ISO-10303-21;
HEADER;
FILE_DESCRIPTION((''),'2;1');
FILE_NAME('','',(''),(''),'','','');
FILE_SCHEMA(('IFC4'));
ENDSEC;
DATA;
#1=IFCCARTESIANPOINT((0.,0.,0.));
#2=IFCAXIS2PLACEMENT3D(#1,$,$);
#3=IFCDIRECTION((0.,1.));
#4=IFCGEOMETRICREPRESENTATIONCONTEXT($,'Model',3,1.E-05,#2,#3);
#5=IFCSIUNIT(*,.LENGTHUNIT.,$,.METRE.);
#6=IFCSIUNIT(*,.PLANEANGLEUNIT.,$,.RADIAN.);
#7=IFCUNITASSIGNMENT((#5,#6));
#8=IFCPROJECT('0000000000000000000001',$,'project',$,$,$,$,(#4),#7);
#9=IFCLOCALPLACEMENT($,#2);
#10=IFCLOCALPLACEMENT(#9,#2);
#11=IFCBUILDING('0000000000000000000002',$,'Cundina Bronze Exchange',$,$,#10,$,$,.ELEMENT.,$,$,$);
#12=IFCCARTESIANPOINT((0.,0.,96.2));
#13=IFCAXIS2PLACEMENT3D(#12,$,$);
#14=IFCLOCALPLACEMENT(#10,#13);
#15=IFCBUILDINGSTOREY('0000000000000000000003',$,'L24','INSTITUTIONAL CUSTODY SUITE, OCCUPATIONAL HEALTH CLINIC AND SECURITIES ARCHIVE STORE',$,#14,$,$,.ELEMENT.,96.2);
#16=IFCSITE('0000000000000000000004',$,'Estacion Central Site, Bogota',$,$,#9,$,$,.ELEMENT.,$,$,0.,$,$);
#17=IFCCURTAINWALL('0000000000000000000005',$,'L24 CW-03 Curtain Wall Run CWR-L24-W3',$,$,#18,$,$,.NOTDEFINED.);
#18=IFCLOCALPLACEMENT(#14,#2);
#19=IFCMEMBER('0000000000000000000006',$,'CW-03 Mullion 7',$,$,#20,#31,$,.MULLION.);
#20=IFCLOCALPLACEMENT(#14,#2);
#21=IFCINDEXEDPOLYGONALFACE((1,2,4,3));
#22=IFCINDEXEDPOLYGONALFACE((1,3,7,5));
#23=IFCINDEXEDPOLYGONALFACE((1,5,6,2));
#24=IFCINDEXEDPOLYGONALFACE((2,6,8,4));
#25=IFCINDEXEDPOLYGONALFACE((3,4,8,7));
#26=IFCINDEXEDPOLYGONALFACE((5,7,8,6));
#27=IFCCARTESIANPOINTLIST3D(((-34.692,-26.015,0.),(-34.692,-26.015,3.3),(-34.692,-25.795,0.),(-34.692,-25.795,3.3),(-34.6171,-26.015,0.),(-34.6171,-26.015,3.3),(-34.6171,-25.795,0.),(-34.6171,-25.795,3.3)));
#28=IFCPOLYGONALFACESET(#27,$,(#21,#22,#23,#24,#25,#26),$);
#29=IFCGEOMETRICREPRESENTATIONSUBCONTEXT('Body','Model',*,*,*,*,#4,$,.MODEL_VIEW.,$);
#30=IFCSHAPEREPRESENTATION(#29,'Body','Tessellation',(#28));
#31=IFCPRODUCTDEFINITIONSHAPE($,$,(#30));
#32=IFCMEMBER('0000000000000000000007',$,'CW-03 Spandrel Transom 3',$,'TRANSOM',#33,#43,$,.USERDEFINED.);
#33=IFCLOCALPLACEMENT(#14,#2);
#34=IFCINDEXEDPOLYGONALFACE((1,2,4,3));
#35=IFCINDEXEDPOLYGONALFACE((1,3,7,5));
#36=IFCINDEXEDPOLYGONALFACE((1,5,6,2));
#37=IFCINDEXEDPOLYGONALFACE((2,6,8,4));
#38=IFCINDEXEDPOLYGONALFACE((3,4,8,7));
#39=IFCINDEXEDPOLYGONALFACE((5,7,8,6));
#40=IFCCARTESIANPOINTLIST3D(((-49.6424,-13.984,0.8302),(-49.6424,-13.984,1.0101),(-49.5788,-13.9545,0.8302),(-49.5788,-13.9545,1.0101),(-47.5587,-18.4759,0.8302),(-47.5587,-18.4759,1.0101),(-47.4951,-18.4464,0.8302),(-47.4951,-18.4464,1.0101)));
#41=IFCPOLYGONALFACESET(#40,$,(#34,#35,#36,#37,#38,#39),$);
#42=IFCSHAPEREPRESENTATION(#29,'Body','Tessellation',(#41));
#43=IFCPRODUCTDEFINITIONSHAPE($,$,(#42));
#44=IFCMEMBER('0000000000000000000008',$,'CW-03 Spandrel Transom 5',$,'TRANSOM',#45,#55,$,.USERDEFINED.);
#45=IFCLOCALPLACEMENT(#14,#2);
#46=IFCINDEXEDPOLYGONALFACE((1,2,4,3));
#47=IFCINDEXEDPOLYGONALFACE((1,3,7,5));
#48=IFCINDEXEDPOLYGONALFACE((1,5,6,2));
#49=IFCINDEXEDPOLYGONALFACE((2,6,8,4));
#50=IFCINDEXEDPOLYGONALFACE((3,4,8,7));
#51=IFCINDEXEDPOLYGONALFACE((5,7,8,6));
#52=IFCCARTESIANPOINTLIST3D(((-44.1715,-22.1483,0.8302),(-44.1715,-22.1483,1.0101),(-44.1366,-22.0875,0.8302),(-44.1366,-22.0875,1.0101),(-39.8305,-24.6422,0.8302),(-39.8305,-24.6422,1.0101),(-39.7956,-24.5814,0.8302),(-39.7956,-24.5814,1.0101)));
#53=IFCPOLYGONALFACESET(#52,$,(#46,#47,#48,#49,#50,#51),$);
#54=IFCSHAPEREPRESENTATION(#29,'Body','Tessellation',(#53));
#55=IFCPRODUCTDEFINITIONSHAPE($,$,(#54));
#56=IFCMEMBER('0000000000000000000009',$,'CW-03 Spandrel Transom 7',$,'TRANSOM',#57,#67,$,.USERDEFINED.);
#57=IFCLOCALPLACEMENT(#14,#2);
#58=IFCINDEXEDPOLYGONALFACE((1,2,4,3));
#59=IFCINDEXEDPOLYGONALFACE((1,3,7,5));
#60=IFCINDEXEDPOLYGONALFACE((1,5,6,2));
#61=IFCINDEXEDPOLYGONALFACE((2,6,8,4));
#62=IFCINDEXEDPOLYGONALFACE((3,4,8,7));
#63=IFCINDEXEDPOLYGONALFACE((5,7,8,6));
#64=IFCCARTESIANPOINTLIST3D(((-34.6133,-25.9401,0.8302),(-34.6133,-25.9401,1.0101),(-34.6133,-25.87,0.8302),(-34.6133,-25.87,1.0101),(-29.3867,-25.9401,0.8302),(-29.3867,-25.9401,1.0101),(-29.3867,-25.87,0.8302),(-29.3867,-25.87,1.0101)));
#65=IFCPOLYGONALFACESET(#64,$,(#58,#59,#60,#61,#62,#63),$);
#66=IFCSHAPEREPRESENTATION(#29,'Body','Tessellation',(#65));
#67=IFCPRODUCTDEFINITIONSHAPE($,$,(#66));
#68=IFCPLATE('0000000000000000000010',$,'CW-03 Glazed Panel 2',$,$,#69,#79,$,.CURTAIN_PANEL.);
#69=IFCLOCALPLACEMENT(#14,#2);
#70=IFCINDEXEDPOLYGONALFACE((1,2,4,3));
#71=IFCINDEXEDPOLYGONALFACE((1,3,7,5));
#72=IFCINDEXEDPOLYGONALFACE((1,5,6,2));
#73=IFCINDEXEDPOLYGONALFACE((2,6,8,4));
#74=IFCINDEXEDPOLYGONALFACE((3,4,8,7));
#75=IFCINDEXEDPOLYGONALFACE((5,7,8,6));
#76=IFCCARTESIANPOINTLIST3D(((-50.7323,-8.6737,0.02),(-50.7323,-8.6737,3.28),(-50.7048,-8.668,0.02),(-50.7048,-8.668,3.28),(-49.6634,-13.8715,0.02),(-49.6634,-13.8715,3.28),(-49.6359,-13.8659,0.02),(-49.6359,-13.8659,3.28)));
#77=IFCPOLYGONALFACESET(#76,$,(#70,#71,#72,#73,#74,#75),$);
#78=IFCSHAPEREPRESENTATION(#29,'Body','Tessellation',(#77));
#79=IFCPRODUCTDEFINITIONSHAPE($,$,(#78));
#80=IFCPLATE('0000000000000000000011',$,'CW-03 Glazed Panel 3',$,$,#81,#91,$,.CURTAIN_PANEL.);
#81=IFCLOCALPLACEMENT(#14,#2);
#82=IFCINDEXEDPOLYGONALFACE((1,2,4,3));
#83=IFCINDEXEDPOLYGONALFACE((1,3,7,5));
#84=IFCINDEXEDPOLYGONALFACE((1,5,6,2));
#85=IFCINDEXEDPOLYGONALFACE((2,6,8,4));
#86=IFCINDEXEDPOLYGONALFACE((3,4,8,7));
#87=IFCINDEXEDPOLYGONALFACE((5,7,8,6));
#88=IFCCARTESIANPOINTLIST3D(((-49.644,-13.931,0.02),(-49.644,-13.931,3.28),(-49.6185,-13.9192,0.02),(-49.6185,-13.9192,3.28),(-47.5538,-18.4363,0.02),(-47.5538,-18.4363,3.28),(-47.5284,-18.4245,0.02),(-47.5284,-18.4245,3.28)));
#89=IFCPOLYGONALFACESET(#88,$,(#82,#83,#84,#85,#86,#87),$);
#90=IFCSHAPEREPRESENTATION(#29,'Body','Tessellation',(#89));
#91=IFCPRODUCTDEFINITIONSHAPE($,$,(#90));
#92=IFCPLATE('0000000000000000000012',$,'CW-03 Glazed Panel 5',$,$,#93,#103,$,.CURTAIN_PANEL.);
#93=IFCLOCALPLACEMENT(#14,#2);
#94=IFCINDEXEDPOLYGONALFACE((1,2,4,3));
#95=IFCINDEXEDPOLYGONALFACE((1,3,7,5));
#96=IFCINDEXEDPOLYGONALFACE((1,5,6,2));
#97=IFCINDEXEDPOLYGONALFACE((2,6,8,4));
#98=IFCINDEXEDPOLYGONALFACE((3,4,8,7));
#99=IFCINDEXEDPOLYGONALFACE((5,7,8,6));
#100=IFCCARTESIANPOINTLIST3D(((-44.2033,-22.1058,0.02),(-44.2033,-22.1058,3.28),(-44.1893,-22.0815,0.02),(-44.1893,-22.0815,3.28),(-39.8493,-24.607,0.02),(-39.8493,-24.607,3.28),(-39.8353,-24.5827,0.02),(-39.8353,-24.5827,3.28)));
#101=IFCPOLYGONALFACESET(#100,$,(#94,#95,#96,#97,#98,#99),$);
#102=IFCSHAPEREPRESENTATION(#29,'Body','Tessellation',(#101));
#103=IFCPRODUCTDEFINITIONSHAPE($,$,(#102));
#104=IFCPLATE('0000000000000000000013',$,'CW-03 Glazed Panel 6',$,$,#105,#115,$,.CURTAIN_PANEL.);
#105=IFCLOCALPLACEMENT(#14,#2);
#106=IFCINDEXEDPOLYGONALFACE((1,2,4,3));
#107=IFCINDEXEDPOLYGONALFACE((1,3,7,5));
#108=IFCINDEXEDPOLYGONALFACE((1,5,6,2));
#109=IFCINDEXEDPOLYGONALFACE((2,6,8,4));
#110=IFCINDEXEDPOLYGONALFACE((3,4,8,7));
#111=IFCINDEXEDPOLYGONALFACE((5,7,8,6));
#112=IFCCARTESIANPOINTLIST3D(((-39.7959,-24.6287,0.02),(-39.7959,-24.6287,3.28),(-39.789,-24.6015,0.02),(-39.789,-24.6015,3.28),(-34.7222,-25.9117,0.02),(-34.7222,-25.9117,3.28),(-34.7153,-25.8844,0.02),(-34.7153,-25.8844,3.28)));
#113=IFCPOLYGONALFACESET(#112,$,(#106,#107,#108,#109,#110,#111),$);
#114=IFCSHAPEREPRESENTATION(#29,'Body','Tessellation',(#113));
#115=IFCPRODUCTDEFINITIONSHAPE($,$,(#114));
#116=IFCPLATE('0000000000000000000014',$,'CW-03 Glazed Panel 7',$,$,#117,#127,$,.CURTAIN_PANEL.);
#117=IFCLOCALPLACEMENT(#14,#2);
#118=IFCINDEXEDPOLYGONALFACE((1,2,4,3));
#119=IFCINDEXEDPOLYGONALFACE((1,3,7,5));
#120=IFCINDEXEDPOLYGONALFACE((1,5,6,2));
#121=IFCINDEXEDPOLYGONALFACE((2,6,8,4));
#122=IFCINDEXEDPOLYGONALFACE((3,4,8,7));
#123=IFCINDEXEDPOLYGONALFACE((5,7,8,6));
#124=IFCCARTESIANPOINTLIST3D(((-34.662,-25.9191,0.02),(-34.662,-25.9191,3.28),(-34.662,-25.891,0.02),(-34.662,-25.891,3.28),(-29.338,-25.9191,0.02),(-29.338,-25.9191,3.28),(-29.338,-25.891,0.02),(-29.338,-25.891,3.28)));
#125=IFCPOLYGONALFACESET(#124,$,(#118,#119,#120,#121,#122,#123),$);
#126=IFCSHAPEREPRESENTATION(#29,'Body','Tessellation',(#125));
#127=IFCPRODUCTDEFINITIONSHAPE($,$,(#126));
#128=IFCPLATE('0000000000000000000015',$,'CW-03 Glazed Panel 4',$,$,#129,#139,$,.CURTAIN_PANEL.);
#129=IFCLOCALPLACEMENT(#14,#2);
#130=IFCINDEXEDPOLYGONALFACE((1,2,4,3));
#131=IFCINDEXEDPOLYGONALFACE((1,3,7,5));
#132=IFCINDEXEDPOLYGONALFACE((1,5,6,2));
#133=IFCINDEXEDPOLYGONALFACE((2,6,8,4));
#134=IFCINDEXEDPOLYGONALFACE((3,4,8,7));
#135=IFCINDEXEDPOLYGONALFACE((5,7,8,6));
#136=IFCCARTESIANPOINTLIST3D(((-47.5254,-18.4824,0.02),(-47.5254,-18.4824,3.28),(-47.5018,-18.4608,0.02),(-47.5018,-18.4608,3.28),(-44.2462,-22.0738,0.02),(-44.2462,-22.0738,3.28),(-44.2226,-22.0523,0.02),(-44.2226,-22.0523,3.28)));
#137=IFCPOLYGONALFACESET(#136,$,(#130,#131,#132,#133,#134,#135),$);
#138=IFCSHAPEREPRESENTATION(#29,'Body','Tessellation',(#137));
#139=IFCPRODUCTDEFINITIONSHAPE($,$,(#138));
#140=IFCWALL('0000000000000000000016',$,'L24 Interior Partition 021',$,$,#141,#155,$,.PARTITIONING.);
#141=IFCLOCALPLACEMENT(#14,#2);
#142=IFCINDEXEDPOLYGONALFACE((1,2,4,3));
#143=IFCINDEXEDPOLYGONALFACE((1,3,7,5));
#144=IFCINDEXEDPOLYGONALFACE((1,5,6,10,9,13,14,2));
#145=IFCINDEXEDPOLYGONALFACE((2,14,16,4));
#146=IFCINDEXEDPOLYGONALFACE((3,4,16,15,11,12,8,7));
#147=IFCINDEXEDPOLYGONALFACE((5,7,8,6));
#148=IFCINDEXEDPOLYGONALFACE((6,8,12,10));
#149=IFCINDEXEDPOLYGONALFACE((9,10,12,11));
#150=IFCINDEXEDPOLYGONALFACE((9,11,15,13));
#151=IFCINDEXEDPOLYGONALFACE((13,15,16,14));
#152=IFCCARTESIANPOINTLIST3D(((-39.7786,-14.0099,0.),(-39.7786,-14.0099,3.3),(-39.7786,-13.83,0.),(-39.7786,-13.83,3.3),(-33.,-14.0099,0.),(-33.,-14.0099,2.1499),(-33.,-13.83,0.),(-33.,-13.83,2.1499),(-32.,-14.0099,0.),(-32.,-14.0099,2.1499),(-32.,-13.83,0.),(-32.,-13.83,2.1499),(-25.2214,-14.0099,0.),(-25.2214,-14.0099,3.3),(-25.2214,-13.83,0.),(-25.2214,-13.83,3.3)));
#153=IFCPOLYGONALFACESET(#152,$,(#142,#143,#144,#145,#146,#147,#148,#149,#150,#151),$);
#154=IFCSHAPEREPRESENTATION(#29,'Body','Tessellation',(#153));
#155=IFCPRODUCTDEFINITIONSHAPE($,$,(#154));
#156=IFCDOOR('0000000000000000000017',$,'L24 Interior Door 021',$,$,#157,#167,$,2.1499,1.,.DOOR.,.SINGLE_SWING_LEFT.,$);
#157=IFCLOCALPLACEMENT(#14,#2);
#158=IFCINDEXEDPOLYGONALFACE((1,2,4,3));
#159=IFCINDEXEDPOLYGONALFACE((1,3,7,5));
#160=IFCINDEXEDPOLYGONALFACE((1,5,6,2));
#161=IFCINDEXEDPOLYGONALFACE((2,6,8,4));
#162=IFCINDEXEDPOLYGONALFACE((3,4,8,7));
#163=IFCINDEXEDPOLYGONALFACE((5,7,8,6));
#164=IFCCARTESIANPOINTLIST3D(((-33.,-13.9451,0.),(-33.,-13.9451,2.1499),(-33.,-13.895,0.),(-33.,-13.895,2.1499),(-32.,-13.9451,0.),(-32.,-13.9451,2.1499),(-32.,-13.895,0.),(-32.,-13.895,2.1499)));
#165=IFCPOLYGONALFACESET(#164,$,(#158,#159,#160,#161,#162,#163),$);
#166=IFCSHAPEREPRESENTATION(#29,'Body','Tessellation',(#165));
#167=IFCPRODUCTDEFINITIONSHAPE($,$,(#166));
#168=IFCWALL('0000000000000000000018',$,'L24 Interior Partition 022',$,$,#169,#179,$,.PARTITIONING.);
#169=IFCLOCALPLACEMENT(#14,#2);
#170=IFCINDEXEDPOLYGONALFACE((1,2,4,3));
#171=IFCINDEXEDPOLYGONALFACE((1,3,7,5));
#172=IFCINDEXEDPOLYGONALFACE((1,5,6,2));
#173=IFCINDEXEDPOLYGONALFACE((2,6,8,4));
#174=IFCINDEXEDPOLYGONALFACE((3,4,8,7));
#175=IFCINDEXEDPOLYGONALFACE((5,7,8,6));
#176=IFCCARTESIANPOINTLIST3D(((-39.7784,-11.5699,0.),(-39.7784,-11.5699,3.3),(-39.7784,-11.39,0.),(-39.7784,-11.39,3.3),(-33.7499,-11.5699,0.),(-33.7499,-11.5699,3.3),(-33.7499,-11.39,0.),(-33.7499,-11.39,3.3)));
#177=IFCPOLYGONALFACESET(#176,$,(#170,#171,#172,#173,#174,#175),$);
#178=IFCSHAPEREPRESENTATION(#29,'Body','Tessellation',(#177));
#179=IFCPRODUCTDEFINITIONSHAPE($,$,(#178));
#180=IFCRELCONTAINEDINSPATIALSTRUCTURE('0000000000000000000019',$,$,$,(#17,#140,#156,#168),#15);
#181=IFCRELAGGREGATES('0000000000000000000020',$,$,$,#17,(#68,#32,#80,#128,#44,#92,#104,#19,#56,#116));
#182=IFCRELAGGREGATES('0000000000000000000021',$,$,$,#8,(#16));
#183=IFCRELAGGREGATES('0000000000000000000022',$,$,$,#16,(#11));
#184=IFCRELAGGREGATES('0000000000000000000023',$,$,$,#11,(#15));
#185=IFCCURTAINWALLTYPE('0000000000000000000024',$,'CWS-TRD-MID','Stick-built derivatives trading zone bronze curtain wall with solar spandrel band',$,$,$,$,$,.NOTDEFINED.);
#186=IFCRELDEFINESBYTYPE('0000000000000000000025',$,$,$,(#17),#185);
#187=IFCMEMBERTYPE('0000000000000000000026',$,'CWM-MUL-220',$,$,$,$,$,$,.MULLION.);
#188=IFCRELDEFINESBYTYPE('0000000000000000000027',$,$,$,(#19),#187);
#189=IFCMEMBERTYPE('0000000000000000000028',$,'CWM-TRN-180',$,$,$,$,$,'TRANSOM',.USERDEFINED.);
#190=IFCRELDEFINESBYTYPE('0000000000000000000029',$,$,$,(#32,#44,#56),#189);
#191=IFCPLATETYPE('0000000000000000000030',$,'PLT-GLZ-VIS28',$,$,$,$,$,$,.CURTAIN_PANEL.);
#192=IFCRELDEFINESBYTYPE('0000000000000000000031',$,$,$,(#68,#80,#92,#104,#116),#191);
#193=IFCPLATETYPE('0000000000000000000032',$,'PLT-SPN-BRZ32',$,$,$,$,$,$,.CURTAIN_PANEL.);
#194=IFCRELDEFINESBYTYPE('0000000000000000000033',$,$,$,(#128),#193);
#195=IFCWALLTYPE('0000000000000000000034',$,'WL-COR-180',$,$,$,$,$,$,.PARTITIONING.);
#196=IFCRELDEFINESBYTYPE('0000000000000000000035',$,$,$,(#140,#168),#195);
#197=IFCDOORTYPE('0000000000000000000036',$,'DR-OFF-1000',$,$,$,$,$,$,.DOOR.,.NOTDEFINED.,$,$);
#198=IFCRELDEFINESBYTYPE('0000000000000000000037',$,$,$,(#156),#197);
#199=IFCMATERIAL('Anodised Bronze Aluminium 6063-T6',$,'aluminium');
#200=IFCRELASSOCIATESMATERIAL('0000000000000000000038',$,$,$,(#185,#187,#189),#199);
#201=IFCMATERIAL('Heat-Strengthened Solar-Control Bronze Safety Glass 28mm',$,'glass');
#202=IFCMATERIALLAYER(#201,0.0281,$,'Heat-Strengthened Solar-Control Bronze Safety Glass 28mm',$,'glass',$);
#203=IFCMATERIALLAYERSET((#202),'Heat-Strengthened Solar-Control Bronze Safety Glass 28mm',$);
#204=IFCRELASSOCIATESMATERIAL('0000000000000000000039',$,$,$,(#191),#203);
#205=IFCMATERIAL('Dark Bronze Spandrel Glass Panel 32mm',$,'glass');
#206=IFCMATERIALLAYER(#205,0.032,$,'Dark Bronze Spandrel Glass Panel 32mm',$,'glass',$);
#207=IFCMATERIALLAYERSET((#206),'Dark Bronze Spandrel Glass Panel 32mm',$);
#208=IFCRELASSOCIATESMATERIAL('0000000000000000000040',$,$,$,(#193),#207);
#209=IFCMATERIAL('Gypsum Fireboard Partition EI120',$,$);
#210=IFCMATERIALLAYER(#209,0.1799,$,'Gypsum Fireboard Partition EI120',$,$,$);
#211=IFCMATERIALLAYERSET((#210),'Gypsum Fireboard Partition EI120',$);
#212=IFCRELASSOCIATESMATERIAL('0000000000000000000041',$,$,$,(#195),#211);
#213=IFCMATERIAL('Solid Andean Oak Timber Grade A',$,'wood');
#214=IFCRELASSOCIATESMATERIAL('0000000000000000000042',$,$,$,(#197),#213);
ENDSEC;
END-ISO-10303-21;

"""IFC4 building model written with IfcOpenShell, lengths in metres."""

from ifc_helpers import new_model, si_unit, direction, frame, frame_2d, origin, origin_2d, place, context, subcontext, project, spatial, rectangle, extrude, material, layer, layer_set, material_profile, profile_set, type_object, element, fill, aggregate, save


model = new_model("IFC4")

# Units and contexts
model_context = context("Model", 3, precision=1e-05, world=origin(), true_north=direction((0.0, 1.0)))
body_context = subcontext(model_context, "Body", "Model", "MODEL_VIEW")
ifc_project = project(units=[si_unit("LENGTHUNIT", "METRE"), si_unit("PLANEANGLEUNIT", "RADIAN")], contexts=[model_context])

# Site, building, storey
site_placement = place(None, origin())
site = spatial("IfcSite", under=ifc_project, at=site_placement, Name="Estacion Central Site, Bogota", CompositionType="ELEMENT", RefElevation=0.0)
building_placement = place(site_placement, origin())
building = spatial("IfcBuilding", under=site, at=building_placement, Name="Cundina Bronze Exchange", CompositionType="ELEMENT")
storey_placement = place(building_placement, frame((0.0, 0.0, 96.2)))
storey = spatial("IfcBuildingStorey", under=building, at=storey_placement, Name="L24", Description="INSTITUTIONAL CUSTODY SUITE, OCCUPATIONAL HEALTH CLINIC AND SECURITIES ARCHIVE STORE", CompositionType="ELEMENT", Elevation=96.2)

# Curtain wall, members, plates
ifc_material_1 = material(Name="Anodised Bronze Aluminium 6063-T6", Category="aluminium")
curtain_wall_type = type_object("IfcCurtainWallType", Name="CWS-TRD-MID", Description="Stick-built derivatives trading zone bronze curtain wall with solar spandrel band", PredefinedType="NOTDEFINED", material=ifc_material_1)
curtain_wall_placement = place(storey_placement, origin())
curtain_wall = element("IfcCurtainWall", 1, at=curtain_wall_placement, inside=storey, type_object=curtain_wall_type, Name="L24 CW-03 Curtain Wall Run CWR-L24-W3", PredefinedType="NOTDEFINED")
ifc_material_profile_1 = material_profile(ifc_material_1, rectangle(XDim=0.075, YDim=0.22, at=origin_2d()), Name="AL75X220", Category="aluminium")
ifc_profile_set_1 = profile_set([ifc_material_profile_1], Name="Anodised Bronze Aluminium 6063-T6")
member_type_1 = type_object("IfcMemberType", Name="CWM-MUL-220", PredefinedType="MULLION", material=ifc_profile_set_1)
member_1_placement = place(storey_placement, frame((-34.6545, -25.905, 0.0), z_axis=(0.0, 0.0, 1.0), x_axis=(1.0, 0.0, 0.0)))
member_1 = element("IfcMember", 2, at=member_1_placement, type_object=member_type_1, Name="CW-03 Mullion 7", PredefinedType="MULLION", context=body_context, shape_type="SweptSolid", body=[
    extrude(rectangle(XDim=0.075, YDim=0.22, at=origin_2d()), origin(), (0.0, 0.0, 1.0), 3.3),
])
ifc_material_profile_2 = material_profile(ifc_material_1, rectangle(XDim=0.0701, YDim=0.1799, at=origin_2d()), Name="AL70X180", Category="aluminium")
ifc_profile_set_2 = profile_set([ifc_material_profile_2], Name="Anodised Bronze Aluminium 6063-T6")
member_type_2 = type_object("IfcMemberType", Name="CWM-TRN-180", ElementType="TRANSOM", PredefinedType="USERDEFINED", material=ifc_profile_set_2)
member_2_placement = place(storey_placement, frame((-49.6106, -13.9692, 0.9202), z_axis=(0.420811, -0.907148, 0.0), x_axis=(0.907148, 0.420811, 0.0)))
member_2 = element("IfcMember", 3, at=member_2_placement, type_object=member_type_2, Name="CW-03 Spandrel Transom 3", ObjectType="TRANSOM", PredefinedType="USERDEFINED", context=body_context, shape_type="SweptSolid", body=[
    extrude(rectangle(XDim=0.0701, YDim=0.1799, at=origin_2d()), origin(), (0.0, 0.0, 1.0), 4.9517),
])
member_3_placement = place(storey_placement, frame((-44.1541, -22.1179, 0.9202), z_axis=(0.867097, -0.498139, 0.0), x_axis=(0.498139, 0.867097, 0.0)))
member_3 = element("IfcMember", 4, at=member_3_placement, type_object=member_type_2, Name="CW-03 Spandrel Transom 5", ObjectType="TRANSOM", PredefinedType="USERDEFINED", context=body_context, shape_type="SweptSolid", body=[
    extrude(rectangle(XDim=0.0701, YDim=0.1799, at=origin_2d()), origin(), (0.0, 0.0, 1.0), 5.0063),
])
member_4_placement = place(storey_placement, frame((-34.6133, -25.905, 0.9202), z_axis=(1.0, 0.0, 0.0), x_axis=(0.0, 1.0, 0.0)))
member_4 = element("IfcMember", 5, at=member_4_placement, type_object=member_type_2, Name="CW-03 Spandrel Transom 7", ObjectType="TRANSOM", PredefinedType="USERDEFINED", context=body_context, shape_type="SweptSolid", body=[
    extrude(rectangle(XDim=0.0701, YDim=0.1799, at=origin_2d()), origin(), (0.0, 0.0, 1.0), 5.2266),
])
ifc_material_2 = material(Name="Heat-Strengthened Solar-Control Bronze Safety Glass 28mm", Category="glass")
ifc_layer_1 = layer(ifc_material_2, 0.0281, Name="Heat-Strengthened Solar-Control Bronze Safety Glass 28mm", Category="glass")
ifc_layer_set_1 = layer_set([ifc_layer_1], Name="Heat-Strengthened Solar-Control Bronze Safety Glass 28mm")
plate_type_1 = type_object("IfcPlateType", Name="PLT-GLZ-VIS28", PredefinedType="CURTAIN_PANEL", material=ifc_layer_set_1)
plate_1_placement = place(storey_placement, frame((-50.1841, -11.2698, 0.02), z_axis=(0.0, 0.0, 1.0), x_axis=(0.20142, -0.979505, 0.0)))
plate_1 = element("IfcPlate", 6, at=plate_1_placement, type_object=plate_type_1, Name="CW-03 Glazed Panel 2", PredefinedType="CURTAIN_PANEL", context=body_context, shape_type="SweptSolid", body=[
    extrude(rectangle(XDim=5.3066, YDim=0.0281, at=origin_2d()), origin(), (0.0, 0.0, 1.0), 3.26),
])
plate_2_placement = place(storey_placement, frame((-48.5862, -16.1777, 0.02), z_axis=(0.0, 0.0, 1.0), x_axis=(0.420846, -0.907132, 0.0)))
plate_2 = element("IfcPlate", 7, at=plate_2_placement, type_object=plate_type_1, Name="CW-03 Glazed Panel 3", PredefinedType="CURTAIN_PANEL", context=body_context, shape_type="SweptSolid", body=[
    extrude(rectangle(XDim=4.9666, YDim=0.0281, at=origin_2d()), origin(), (0.0, 0.0, 1.0), 3.26),
])
plate_3_placement = place(storey_placement, frame((-42.0193, -23.3442, 0.02), z_axis=(0.0, 0.0, 1.0), x_axis=(0.867105, -0.498125, 0.0)))
plate_3 = element("IfcPlate", 8, at=plate_3_placement, type_object=plate_type_1, Name="CW-03 Glazed Panel 5", PredefinedType="CURTAIN_PANEL", context=body_context, shape_type="SweptSolid", body=[
    extrude(rectangle(XDim=5.0212, YDim=0.0281, at=origin_2d()), origin(), (0.0, 0.0, 1.0), 3.26),
])
plate_4_placement = place(storey_placement, frame((-37.2556, -25.2566, 0.02), z_axis=(0.0, 0.0, 1.0), x_axis=(0.969488, -0.245138, 0.0)))
plate_4 = element("IfcPlate", 9, at=plate_4_placement, type_object=plate_type_1, Name="CW-03 Glazed Panel 6", PredefinedType="CURTAIN_PANEL", context=body_context, shape_type="SweptSolid", body=[
    extrude(rectangle(XDim=5.2334, YDim=0.0281, at=origin_2d()), origin(), (0.0, 0.0, 1.0), 3.26),
])
plate_5_placement = place(storey_placement, frame((-32.0, -25.905, 0.02), z_axis=(0.0, 0.0, 1.0), x_axis=(1.0, 0.0, 0.0)))
plate_5 = element("IfcPlate", 10, at=plate_5_placement, type_object=plate_type_1, Name="CW-03 Glazed Panel 7", PredefinedType="CURTAIN_PANEL", context=body_context, shape_type="SweptSolid", body=[
    extrude(rectangle(XDim=5.324, YDim=0.0281, at=origin_2d()), origin(), (0.0, 0.0, 1.0), 3.26),
])
ifc_material_3 = material(Name="Dark Bronze Spandrel Glass Panel 32mm", Category="glass")
ifc_layer_2 = layer(ifc_material_3, 0.032, Name="Dark Bronze Spandrel Glass Panel 32mm", Category="glass")
ifc_layer_set_2 = layer_set([ifc_layer_2], Name="Dark Bronze Spandrel Glass Panel 32mm")
plate_type_2 = type_object("IfcPlateType", Name="PLT-SPN-BRZ32", PredefinedType="CURTAIN_PANEL", material=ifc_layer_set_2)
plate_6_placement = place(storey_placement, frame((-45.874, -20.2673, 0.02), z_axis=(0.0, 0.0, 1.0), x_axis=(0.674277, -0.738479, 0.0)))
plate_6 = element("IfcPlate", 11, at=plate_6_placement, type_object=plate_type_2, Name="CW-03 Glazed Panel 4", PredefinedType="CURTAIN_PANEL", context=body_context, shape_type="SweptSolid", body=[
    extrude(rectangle(XDim=4.8633, YDim=0.032, at=origin_2d()), origin(), (0.0, 0.0, 1.0), 3.26),
])
aggregate(curtain_wall, [plate_1, member_2, plate_2, plate_6, member_3, plate_3, plate_4, member_1, member_4, plate_5])

# Wall, opening, door
ifc_material_4 = material(Name="Gypsum Fireboard Partition EI120")
ifc_layer_3 = layer(ifc_material_4, 0.1799, Name="Gypsum Fireboard Partition EI120")
ifc_layer_set_3 = layer_set([ifc_layer_3], Name="Gypsum Fireboard Partition EI120")
wall_type_1 = type_object("IfcWallType", Name="WL-COR-180", PredefinedType="PARTITIONING", material=ifc_layer_set_3)
wall_1_placement = place(storey_placement, frame((-39.7786, -13.9199, 0.0), z_axis=(0.0, 0.0, 1.0), x_axis=(1.0, 0.0, 0.0)))
wall_1 = element("IfcWall", 12, at=wall_1_placement, inside=storey, type_object=wall_type_1, Name="L24 Interior Partition 021", PredefinedType="PARTITIONING", context=body_context, shape_type="SweptSolid", body=[
    extrude(rectangle(XDim=14.5571, YDim=0.1799, at=frame_2d((7.2786, 0.0))), origin(), (0.0, 0.0, 1.0), 3.3),
])
opening_placement = place(wall_1_placement, frame((6.7786, 0.0, 0.0)))
opening = element("IfcOpeningElement", 13, at=opening_placement, cuts=wall_1, PredefinedType="OPENING", context=body_context, shape_type="SweptSolid", body=[
    extrude(rectangle(XDim=1.0, YDim=2.1499, at=frame_2d((0.5, 1.075))), frame((0.0, 0.0999, 0.0), z_axis=(0.0, -1.0, 0.0), x_axis=(1.0, 0.0, 0.0)), (0.0, 0.0, 1.0), 0.2),
])
ifc_material_5 = material(Name="Solid Andean Oak Timber Grade A", Category="wood")
door_type = type_object("IfcDoorType", Name="DR-OFF-1000", OperationType="NOTDEFINED", PredefinedType="DOOR", material=ifc_material_5)
door_placement = place(opening_placement, origin())
door = element("IfcDoor", 14, at=door_placement, inside=storey, type_object=door_type, Name="L24 Interior Door 021", OperationType="SINGLE_SWING_LEFT", OverallHeight=2.1499, OverallWidth=1.0, PredefinedType="DOOR", context=body_context, shape_type="SweptSolid", body=[
    extrude(rectangle(XDim=1.0, YDim=2.1499, at=frame_2d((0.5, 1.075))), frame((0.0, 0.0249, 0.0), z_axis=(0.0, -1.0, 0.0), x_axis=(1.0, 0.0, 0.0)), (0.0, 0.0, 1.0), 0.05),
])
fill(opening, door)

# Wall
wall_2_placement = place(storey_placement, frame((-33.75, -11.48, 0.0), z_axis=(0.0, 0.0, 1.0), x_axis=(-1.0, 0.0, 0.0)))
element("IfcWall", 15, at=wall_2_placement, inside=storey, type_object=wall_type_1, Name="L24 Interior Partition 022", PredefinedType="PARTITIONING", context=body_context, shape_type="SweptSolid", body=[
    extrude(rectangle(XDim=6.0286, YDim=0.1799, at=frame_2d((3.0142, 0.0))), origin(), (0.0, 0.0, 1.0), 3.3),
])

save(model, "model.ifc")
